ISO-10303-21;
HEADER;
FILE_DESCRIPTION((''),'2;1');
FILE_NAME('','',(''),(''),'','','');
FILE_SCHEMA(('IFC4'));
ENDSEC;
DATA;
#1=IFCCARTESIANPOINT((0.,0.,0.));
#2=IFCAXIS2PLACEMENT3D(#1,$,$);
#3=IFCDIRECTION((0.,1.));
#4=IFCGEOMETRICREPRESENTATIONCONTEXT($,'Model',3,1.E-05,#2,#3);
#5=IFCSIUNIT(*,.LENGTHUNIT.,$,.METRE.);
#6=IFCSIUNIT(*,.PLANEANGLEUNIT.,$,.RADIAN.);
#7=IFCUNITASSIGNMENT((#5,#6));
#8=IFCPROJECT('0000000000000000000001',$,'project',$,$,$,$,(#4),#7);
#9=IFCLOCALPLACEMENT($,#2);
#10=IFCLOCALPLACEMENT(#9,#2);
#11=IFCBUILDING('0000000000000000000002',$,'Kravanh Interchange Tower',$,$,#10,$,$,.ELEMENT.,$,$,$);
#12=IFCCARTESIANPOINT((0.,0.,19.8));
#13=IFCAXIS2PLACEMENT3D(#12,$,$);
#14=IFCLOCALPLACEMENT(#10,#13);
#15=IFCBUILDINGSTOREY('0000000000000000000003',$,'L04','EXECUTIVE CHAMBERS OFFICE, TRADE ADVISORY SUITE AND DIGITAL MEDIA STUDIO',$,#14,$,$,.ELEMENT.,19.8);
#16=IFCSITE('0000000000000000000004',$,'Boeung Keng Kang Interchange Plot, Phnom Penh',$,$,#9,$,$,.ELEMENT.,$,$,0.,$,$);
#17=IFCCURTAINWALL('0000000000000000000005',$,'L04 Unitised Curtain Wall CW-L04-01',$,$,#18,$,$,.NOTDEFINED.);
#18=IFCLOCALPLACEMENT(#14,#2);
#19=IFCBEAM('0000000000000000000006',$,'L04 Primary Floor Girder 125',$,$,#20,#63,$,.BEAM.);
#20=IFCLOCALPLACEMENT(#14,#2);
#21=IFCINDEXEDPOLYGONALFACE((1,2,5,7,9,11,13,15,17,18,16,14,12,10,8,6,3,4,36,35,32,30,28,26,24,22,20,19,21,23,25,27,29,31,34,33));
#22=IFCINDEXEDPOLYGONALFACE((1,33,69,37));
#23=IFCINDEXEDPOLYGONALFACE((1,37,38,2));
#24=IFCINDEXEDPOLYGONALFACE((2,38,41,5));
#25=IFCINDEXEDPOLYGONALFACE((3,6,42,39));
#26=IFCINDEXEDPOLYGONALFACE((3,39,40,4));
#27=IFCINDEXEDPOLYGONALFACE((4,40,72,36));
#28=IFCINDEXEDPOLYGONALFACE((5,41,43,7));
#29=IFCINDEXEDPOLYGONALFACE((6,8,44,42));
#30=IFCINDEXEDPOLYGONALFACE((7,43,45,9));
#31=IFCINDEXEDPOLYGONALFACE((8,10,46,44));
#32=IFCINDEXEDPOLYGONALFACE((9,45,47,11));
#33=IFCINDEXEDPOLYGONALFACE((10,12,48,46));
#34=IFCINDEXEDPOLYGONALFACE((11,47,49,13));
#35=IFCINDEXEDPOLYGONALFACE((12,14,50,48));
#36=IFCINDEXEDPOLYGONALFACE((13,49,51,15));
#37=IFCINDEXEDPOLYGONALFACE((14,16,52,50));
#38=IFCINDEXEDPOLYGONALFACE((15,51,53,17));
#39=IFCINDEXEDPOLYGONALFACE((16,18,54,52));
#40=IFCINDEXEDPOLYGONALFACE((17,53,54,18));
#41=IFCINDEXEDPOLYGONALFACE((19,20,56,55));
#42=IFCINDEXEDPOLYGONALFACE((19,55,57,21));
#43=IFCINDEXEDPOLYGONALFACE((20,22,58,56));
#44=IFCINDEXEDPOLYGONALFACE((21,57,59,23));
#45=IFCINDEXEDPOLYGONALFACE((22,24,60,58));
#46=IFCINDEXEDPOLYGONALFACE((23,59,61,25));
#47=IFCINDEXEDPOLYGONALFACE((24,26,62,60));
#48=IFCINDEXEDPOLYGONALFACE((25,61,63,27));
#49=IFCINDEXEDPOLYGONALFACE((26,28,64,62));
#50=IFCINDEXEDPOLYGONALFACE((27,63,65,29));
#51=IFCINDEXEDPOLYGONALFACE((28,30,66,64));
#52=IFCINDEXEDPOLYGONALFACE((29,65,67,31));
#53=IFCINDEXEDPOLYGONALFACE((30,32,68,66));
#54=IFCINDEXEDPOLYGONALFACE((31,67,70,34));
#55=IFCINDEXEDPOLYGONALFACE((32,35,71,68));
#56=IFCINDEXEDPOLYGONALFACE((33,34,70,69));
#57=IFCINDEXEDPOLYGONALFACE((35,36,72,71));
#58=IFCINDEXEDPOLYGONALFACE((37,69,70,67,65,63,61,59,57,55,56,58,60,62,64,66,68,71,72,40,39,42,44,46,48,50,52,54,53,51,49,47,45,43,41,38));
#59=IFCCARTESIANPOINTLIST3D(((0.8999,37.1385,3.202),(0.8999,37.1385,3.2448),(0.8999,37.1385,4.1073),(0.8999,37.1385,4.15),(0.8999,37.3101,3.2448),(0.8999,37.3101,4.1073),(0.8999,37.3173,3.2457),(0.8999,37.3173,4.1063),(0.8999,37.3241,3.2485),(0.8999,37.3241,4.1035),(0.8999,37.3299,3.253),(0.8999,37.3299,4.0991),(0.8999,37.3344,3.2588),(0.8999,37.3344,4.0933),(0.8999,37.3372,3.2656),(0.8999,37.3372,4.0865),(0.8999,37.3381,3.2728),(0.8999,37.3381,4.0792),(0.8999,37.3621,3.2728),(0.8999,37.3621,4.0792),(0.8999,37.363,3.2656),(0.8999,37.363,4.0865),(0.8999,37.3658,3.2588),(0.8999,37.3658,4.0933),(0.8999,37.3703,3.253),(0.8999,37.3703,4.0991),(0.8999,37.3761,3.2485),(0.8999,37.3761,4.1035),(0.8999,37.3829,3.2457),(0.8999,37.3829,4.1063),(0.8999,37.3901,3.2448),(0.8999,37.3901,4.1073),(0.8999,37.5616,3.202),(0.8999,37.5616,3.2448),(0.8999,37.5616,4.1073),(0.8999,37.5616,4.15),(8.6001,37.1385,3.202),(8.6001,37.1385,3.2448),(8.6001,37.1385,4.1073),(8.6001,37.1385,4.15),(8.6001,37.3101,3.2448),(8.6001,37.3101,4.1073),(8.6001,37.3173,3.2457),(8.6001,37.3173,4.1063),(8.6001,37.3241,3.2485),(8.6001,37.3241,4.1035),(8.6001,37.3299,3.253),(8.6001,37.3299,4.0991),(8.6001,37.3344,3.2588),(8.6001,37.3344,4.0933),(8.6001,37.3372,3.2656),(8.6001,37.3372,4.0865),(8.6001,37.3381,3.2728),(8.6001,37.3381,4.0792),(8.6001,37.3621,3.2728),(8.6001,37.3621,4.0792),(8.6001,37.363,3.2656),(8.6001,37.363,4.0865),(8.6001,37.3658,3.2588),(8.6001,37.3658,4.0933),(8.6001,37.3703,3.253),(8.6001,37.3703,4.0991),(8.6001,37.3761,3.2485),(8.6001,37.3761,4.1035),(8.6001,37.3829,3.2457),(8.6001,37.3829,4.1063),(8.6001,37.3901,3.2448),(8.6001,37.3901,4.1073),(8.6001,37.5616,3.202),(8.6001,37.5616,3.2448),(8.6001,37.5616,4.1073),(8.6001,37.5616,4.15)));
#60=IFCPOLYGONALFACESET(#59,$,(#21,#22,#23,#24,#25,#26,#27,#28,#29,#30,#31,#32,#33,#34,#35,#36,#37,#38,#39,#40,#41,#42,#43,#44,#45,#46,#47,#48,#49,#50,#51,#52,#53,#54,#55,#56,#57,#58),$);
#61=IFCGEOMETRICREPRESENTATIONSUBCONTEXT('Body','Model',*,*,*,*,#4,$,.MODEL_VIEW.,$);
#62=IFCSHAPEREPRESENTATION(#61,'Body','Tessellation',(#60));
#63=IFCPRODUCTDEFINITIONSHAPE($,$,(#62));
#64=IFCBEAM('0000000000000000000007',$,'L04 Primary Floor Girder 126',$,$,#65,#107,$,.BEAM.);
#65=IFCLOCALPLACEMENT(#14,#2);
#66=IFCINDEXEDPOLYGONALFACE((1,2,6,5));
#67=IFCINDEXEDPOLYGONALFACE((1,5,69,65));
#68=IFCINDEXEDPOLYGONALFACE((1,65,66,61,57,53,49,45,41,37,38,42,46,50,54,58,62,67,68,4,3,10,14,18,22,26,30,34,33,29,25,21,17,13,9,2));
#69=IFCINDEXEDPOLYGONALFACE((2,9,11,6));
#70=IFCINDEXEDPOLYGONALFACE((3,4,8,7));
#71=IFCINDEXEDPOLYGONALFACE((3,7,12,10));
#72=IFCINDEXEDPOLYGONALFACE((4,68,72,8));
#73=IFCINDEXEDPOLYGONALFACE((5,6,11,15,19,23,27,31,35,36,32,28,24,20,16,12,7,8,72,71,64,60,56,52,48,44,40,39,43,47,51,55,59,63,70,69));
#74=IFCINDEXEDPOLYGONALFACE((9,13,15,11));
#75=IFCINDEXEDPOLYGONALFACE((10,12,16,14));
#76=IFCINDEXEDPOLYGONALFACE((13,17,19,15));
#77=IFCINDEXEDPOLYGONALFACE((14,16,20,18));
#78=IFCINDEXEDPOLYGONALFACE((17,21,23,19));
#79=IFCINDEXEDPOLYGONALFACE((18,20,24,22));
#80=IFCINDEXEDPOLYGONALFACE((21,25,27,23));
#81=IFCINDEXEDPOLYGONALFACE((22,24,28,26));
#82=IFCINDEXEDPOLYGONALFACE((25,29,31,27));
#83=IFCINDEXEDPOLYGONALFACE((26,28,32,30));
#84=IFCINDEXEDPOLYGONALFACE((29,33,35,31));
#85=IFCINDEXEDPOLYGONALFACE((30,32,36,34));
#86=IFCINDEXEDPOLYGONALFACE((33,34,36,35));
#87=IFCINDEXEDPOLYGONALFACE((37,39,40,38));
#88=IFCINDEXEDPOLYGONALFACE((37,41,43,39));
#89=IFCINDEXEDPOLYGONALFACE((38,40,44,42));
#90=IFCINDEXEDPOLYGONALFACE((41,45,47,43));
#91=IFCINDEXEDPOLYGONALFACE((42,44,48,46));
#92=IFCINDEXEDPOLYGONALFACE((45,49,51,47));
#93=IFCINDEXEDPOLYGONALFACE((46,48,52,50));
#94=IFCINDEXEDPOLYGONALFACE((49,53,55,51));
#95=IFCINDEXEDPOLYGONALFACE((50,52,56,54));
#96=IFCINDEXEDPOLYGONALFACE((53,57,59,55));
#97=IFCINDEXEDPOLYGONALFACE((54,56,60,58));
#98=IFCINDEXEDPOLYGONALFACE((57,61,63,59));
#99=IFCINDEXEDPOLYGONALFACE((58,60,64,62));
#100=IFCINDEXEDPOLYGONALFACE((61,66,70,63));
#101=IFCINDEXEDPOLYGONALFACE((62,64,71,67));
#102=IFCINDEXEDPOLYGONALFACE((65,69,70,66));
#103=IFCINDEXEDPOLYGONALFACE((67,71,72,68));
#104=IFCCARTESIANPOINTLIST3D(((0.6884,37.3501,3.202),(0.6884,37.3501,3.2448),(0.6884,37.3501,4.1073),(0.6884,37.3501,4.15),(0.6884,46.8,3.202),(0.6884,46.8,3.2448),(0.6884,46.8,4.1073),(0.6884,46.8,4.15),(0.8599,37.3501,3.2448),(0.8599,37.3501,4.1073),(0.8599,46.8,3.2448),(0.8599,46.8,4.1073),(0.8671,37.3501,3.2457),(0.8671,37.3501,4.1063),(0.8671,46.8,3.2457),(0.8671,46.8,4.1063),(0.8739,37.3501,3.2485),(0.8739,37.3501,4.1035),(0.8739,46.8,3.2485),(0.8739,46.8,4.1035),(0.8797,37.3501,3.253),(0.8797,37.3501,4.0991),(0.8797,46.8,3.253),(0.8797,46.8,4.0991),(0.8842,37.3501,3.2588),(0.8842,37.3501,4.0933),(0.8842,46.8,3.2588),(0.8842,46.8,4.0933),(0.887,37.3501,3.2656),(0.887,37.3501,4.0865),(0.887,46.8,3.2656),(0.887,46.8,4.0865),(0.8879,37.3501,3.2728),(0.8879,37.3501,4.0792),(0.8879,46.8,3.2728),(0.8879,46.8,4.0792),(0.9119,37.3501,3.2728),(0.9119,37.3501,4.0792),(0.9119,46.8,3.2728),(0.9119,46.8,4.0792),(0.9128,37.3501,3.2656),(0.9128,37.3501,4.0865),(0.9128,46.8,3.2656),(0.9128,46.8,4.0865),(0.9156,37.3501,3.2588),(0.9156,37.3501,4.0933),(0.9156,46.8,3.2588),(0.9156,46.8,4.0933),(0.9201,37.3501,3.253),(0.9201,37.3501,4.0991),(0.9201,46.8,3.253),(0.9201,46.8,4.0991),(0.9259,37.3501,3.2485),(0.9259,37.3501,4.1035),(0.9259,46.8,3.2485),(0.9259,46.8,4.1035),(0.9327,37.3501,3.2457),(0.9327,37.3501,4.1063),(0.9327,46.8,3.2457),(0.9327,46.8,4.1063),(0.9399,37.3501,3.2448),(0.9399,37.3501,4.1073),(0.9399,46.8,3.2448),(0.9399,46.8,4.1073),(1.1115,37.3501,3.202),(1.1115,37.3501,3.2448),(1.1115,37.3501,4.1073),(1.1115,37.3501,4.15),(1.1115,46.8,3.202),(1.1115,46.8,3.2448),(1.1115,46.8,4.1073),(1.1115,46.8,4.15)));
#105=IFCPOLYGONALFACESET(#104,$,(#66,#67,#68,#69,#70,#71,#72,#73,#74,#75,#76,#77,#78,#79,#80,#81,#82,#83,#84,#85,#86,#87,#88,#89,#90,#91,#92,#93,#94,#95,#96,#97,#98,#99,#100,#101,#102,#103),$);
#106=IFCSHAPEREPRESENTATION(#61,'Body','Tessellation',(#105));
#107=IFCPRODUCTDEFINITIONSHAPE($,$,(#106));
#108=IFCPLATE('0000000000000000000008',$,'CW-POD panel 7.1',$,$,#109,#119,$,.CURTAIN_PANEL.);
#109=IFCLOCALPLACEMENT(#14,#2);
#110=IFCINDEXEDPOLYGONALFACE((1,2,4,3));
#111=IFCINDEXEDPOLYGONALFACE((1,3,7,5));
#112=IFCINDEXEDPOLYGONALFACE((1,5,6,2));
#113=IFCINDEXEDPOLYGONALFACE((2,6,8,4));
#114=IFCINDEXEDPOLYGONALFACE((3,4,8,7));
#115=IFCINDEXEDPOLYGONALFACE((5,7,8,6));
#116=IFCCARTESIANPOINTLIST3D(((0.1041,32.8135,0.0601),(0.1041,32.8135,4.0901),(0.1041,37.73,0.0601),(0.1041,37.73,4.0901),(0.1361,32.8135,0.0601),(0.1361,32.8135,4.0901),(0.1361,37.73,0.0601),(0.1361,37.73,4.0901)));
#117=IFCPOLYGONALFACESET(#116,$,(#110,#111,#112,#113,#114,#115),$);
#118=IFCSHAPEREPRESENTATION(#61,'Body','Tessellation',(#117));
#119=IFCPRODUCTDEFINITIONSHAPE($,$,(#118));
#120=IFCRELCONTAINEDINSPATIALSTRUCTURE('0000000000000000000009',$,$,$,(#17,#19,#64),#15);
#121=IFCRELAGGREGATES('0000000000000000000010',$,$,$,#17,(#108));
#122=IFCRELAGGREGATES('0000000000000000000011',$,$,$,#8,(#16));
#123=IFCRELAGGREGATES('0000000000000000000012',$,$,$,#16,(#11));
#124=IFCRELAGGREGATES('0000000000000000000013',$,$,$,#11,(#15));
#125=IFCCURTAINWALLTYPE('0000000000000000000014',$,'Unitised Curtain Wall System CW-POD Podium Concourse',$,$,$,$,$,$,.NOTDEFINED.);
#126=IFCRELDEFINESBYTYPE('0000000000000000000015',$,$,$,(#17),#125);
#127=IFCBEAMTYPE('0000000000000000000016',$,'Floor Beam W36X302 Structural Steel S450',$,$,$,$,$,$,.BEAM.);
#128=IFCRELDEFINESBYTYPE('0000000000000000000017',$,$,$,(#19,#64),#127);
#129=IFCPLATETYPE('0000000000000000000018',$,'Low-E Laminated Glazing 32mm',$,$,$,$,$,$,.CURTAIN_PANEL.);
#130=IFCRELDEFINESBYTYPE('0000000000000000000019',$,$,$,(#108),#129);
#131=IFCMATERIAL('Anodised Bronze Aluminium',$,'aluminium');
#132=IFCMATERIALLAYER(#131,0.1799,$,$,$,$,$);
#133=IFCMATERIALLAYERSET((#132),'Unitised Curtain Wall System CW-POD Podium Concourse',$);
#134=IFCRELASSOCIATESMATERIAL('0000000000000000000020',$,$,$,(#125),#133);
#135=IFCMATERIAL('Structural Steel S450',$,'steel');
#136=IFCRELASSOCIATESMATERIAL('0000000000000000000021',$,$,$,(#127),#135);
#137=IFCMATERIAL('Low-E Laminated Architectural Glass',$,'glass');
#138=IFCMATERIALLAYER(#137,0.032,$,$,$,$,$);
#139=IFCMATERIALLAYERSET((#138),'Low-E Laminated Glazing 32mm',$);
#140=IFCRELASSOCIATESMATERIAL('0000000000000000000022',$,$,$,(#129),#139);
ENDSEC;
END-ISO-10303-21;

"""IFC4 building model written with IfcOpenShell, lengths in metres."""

from ifc_helpers import new_model, si_unit, direction, frame, origin, origin_2d, place, context, subcontext, project, spatial, rectangle, i_section, extrude, material, layer, layer_set, material_profile, profile_set, type_object, element, aggregate, save


model = new_model("IFC4")

# Units and contexts
model_context = context("Model", 3, precision=1e-05, world=origin(), true_north=direction((0.0, 1.0)))
body_context = subcontext(model_context, "Body", "Model", "MODEL_VIEW")
ifc_project = project(units=[si_unit("LENGTHUNIT", "METRE"), si_unit("PLANEANGLEUNIT", "RADIAN")], contexts=[model_context])

# Site, building, storey
site_placement = place(None, origin())
site = spatial("IfcSite", under=ifc_project, at=site_placement, Name="Boeung Keng Kang Interchange Plot, Phnom Penh", CompositionType="ELEMENT", RefElevation=0.0)
building_placement = place(site_placement, origin())
building = spatial("IfcBuilding", under=site, at=building_placement, Name="Kravanh Interchange Tower", CompositionType="ELEMENT")
storey_placement = place(building_placement, frame((0.0, 0.0, 19.8)))
storey = spatial("IfcBuildingStorey", under=building, at=storey_placement, Name="L04", Description="EXECUTIVE CHAMBERS OFFICE, TRADE ADVISORY SUITE AND DIGITAL MEDIA STUDIO", CompositionType="ELEMENT", Elevation=19.8)

# Curtain wall
ifc_material_1 = material(Name="Anodised Bronze Aluminium", Category="aluminium")
ifc_layer_1 = layer(ifc_material_1, 0.1799)
ifc_layer_set_1 = layer_set([ifc_layer_1], Name="Unitised Curtain Wall System CW-POD Podium Concourse")
curtain_wall_type = type_object("IfcCurtainWallType", Name="Unitised Curtain Wall System CW-POD Podium Concourse", PredefinedType="NOTDEFINED", material=ifc_layer_set_1)
curtain_wall_placement = place(storey_placement, origin())
curtain_wall = element("IfcCurtainWall", 1, at=curtain_wall_placement, inside=storey, type_object=curtain_wall_type, Name="L04 Unitised Curtain Wall CW-L04-01", PredefinedType="NOTDEFINED")

# Beams
ifc_material_2 = material(Name="Structural Steel S450", Category="steel")
ifc_material_profile_1 = material_profile(ifc_material_2, i_section(OverallWidth=0.4231, OverallDepth=0.948, WebThickness=0.0239, FlangeThickness=0.0427, FilletRadius=0.0281, at=origin_2d()), Name="W36X302")
ifc_profile_set_1 = profile_set([ifc_material_profile_1], Name="Structural Steel S450")
beam_type = type_object("IfcBeamType", Name="Floor Beam W36X302 Structural Steel S450", PredefinedType="BEAM", material=ifc_profile_set_1)
beam_1_placement = place(storey_placement, frame((0.8999, 37.3501, 3.676), z_axis=(1.0, 0.0, 0.0), x_axis=(0.0, 1.0, 0.0)))
element("IfcBeam", 2, at=beam_1_placement, inside=storey, type_object=beam_type, Name="L04 Primary Floor Girder 125", PredefinedType="BEAM", context=body_context, shape_type="SweptSolid", body=[
    extrude(i_section(OverallWidth=0.4231, OverallDepth=0.948, WebThickness=0.0239, FlangeThickness=0.0427, FilletRadius=0.0281, at=origin_2d()), origin(), (0.0, 0.0, 1.0), 7.7002),
])
beam_2_placement = place(storey_placement, frame((0.8999, 37.3501, 3.676), z_axis=(0.0, 1.0, 0.0), x_axis=(-1.0, 0.0, 0.0)))
element("IfcBeam", 3, at=beam_2_placement, inside=storey, type_object=beam_type, Name="L04 Primary Floor Girder 126", PredefinedType="BEAM", context=body_context, shape_type="SweptSolid", body=[
    extrude(i_section(OverallWidth=0.4231, OverallDepth=0.948, WebThickness=0.0239, FlangeThickness=0.0427, FilletRadius=0.0281, at=origin_2d()), origin(), (0.0, 0.0, 1.0), 9.45),
])

# Plate
ifc_material_3 = material(Name="Low-E Laminated Architectural Glass", Category="glass")
ifc_layer_2 = layer(ifc_material_3, 0.032)
ifc_layer_set_2 = layer_set([ifc_layer_2], Name="Low-E Laminated Glazing 32mm")
plate_type = type_object("IfcPlateType", Name="Low-E Laminated Glazing 32mm", PredefinedType="CURTAIN_PANEL", material=ifc_layer_set_2)
plate_placement = place(storey_placement, frame((0.1201, 35.2717, 0.0601), z_axis=(0.0, 0.0, 1.0), x_axis=(0.0, 1.0, 0.0)))
plate = element("IfcPlate", 4, at=plate_placement, type_object=plate_type, Name="CW-POD panel 7.1", PredefinedType="CURTAIN_PANEL", context=body_context, shape_type="SweptSolid", body=[
    extrude(rectangle(XDim=4.9165, YDim=0.032, at=origin_2d()), origin(), (0.0, 0.0, 1.0), 4.03),
])
aggregate(curtain_wall, [plate])

save(model, "model.ifc")
